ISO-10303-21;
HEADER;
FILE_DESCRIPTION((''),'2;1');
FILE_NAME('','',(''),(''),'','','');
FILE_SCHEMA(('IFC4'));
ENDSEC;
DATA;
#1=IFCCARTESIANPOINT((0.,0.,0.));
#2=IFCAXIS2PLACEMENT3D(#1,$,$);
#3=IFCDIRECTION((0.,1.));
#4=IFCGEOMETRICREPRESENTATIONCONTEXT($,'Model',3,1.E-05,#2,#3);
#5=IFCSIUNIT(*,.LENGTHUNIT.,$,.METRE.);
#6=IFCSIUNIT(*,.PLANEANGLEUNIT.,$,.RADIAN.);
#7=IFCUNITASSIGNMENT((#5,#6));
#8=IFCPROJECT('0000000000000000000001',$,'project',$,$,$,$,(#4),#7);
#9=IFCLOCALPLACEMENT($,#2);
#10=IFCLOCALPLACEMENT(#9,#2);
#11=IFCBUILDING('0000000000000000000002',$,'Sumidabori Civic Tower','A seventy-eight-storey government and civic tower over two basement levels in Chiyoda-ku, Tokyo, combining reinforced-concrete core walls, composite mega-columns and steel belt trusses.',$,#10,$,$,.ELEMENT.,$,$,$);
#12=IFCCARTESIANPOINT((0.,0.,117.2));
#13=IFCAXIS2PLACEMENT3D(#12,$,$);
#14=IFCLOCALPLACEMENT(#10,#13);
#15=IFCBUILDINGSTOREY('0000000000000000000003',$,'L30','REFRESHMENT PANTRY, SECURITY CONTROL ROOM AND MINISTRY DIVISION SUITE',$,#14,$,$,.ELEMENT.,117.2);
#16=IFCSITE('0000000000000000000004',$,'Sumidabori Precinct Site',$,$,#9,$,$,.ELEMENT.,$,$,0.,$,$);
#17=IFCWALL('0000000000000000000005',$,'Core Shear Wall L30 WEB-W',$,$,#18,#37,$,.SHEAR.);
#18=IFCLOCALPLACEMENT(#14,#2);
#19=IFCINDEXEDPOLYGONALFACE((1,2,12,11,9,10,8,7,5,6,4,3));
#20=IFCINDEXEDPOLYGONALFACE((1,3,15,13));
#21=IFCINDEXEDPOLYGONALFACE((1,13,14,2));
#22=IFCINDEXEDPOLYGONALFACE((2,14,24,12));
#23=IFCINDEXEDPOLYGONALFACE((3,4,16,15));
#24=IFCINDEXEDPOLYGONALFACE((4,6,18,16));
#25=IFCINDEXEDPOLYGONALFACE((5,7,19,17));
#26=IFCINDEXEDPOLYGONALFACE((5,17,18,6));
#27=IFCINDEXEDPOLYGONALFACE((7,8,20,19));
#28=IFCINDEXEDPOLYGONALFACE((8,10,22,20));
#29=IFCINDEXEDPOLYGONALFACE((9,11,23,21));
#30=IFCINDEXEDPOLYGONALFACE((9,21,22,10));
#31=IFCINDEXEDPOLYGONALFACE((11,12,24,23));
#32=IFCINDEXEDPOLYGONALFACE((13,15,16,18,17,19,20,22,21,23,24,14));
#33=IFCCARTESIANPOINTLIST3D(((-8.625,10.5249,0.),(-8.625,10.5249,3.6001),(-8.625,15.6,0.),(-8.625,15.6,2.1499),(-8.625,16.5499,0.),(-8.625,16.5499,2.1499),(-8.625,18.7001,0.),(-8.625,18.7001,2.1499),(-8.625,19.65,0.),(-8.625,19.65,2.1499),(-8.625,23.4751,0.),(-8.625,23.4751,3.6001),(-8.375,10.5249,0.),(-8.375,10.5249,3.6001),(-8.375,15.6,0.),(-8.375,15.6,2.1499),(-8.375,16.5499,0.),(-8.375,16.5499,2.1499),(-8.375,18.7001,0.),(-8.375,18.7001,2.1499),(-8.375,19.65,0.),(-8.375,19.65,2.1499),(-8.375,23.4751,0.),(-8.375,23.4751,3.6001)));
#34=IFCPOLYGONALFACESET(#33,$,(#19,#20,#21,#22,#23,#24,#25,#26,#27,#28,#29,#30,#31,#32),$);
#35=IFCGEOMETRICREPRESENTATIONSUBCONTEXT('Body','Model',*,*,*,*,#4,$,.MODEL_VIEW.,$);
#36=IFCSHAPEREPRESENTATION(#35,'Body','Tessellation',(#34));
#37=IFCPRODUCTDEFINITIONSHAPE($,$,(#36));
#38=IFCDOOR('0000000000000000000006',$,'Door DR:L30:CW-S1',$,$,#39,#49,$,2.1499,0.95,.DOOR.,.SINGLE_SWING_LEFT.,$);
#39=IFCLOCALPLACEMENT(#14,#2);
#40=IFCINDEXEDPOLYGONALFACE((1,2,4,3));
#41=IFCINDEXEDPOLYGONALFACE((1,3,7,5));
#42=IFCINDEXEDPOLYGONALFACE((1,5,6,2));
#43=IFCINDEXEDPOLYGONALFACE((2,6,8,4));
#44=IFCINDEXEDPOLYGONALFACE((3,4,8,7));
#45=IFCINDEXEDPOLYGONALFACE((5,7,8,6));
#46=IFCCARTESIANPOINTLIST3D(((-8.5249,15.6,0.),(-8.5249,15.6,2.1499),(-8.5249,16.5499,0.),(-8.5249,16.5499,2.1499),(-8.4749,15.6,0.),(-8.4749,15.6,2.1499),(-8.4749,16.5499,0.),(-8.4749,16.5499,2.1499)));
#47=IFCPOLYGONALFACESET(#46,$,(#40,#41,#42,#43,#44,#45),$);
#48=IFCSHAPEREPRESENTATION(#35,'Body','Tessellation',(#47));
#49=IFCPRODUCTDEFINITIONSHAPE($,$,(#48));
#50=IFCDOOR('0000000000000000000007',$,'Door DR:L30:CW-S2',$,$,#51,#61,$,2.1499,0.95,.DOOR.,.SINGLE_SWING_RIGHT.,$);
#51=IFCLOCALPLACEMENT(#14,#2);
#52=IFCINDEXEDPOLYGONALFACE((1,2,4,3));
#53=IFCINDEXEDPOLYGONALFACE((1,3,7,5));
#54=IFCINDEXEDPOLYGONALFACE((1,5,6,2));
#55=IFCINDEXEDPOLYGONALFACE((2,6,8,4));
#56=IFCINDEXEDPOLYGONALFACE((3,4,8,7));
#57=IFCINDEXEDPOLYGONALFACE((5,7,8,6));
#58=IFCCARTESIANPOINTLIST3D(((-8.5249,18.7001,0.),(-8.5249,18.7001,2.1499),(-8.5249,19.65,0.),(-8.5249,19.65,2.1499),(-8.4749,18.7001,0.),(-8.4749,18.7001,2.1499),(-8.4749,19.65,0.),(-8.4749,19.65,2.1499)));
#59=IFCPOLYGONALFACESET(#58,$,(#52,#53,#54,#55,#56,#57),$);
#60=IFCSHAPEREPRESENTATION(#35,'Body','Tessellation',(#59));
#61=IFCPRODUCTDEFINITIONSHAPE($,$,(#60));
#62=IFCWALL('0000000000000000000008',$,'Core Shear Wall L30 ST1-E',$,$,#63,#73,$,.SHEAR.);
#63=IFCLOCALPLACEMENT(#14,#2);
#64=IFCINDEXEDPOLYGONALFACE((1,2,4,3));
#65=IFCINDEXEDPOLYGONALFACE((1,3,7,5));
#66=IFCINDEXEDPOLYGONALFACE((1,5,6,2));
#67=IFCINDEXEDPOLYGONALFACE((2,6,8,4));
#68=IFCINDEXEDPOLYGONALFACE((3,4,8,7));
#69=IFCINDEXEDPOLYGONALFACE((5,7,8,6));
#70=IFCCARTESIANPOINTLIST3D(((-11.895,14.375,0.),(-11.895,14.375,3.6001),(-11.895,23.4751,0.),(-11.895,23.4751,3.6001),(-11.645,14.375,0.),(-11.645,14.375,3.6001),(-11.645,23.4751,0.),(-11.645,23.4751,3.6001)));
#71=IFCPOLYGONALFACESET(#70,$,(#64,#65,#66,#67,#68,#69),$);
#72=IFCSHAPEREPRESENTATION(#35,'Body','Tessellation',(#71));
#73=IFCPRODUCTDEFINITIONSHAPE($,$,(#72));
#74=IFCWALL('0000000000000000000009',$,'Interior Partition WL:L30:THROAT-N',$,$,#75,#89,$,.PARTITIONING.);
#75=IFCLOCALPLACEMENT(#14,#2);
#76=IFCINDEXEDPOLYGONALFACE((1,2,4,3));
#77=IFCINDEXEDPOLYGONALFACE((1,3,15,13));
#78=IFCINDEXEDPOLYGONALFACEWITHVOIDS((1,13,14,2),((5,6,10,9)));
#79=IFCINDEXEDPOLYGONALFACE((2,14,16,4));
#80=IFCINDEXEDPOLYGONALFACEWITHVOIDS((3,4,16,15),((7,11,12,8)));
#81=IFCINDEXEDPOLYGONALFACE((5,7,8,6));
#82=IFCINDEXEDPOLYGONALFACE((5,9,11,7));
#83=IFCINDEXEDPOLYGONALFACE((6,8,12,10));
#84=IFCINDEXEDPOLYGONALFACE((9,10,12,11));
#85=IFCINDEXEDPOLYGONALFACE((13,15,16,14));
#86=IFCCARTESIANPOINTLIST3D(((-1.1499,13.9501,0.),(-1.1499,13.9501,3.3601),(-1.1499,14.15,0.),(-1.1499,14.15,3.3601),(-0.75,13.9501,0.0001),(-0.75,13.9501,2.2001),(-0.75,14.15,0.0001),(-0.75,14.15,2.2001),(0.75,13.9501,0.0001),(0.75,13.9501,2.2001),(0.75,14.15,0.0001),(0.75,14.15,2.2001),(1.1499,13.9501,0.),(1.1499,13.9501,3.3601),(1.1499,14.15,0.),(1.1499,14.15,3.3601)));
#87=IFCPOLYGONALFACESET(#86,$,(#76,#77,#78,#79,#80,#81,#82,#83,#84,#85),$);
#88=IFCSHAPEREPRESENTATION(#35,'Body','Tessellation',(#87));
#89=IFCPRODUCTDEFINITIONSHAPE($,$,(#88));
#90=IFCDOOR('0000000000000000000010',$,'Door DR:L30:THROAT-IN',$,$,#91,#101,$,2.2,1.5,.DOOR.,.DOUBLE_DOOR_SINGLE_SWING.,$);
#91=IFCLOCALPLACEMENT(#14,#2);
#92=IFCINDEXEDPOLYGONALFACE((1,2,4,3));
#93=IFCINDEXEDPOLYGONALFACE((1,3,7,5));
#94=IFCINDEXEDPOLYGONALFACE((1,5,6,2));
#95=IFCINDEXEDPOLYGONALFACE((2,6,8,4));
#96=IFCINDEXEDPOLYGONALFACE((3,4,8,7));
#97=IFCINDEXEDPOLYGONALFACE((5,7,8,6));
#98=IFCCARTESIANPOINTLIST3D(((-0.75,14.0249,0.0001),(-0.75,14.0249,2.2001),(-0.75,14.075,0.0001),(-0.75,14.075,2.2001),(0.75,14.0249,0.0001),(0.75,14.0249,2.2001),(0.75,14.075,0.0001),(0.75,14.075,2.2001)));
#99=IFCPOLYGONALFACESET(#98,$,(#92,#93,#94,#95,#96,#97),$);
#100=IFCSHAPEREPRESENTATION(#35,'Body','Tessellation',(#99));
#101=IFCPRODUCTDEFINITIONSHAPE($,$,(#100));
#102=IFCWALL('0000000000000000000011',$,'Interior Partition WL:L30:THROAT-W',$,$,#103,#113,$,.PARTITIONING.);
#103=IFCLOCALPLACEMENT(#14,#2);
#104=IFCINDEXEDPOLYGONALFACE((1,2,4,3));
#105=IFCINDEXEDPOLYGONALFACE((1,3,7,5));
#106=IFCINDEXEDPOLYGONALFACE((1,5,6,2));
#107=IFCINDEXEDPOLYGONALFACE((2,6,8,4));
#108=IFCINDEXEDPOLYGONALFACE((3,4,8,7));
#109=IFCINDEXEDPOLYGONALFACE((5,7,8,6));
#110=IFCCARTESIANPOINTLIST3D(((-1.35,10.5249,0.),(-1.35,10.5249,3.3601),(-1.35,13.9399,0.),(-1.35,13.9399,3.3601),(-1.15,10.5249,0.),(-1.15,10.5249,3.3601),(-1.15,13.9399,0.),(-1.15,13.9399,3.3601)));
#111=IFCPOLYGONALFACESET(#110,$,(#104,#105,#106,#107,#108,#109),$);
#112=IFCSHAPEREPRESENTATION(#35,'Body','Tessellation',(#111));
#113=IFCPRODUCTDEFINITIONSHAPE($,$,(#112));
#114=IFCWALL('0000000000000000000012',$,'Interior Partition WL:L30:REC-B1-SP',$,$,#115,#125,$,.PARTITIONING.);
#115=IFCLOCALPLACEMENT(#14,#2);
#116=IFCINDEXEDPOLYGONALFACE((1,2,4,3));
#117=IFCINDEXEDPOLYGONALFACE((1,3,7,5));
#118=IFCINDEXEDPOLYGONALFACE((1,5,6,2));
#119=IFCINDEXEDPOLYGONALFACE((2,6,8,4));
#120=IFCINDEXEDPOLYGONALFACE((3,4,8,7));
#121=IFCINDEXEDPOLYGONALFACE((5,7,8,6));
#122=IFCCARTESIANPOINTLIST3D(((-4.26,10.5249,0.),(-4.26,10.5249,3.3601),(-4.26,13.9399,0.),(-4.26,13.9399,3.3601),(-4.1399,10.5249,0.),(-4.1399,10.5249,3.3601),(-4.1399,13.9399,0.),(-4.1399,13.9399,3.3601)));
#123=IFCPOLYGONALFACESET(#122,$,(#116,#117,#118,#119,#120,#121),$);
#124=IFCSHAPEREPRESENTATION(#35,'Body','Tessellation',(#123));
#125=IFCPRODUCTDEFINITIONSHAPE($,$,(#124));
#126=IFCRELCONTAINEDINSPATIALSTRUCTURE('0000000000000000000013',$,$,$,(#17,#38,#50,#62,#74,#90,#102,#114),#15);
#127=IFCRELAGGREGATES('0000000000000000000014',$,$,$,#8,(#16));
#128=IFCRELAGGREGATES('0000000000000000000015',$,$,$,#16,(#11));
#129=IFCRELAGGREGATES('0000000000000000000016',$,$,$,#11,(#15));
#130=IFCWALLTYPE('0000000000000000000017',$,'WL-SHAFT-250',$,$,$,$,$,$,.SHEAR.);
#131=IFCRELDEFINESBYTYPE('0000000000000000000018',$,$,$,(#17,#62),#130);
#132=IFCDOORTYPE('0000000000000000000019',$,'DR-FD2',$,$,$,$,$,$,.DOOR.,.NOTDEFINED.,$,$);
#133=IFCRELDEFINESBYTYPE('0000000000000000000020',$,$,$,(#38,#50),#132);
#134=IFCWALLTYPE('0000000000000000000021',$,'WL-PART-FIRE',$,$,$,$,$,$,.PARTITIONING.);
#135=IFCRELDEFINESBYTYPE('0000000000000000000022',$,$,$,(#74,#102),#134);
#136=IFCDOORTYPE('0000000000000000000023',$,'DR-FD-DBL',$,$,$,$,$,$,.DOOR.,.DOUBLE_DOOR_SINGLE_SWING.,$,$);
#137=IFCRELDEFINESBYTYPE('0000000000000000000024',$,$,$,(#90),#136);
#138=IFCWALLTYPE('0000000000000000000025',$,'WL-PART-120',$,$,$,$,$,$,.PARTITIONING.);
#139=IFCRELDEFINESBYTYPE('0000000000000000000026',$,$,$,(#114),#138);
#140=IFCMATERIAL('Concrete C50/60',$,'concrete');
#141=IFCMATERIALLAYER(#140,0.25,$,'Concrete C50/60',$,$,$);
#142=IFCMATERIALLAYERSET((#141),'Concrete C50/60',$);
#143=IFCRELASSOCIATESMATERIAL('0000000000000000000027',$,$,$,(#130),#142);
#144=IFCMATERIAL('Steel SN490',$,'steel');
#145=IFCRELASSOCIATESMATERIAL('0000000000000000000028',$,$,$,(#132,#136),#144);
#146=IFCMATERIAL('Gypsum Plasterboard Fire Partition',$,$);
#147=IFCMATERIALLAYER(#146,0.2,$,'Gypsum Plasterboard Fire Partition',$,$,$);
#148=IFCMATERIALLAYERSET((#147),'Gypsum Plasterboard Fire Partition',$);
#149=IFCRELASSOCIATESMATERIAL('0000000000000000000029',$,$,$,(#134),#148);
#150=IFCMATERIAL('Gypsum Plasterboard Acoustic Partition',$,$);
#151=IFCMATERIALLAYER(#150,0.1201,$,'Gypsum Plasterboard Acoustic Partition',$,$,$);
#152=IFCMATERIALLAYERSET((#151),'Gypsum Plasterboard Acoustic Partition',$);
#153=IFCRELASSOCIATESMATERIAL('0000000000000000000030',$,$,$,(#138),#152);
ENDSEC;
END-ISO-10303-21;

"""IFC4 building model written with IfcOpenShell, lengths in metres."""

from ifc_helpers import new_model, si_unit, direction, frame, frame_2d, origin, place, context, subcontext, project, spatial, rectangle, extrude, source, transform, mapped, material, layer, layer_set, type_object, element, fill, save


model = new_model("IFC4")

# Units and contexts
model_context = context("Model", 3, precision=1e-05, world=origin(), true_north=direction((0.0, 1.0)))
body_context = subcontext(model_context, "Body", "Model", "MODEL_VIEW")
ifc_project = project(units=[si_unit("LENGTHUNIT", "METRE"), si_unit("PLANEANGLEUNIT", "RADIAN")], contexts=[model_context])

# Site, building, storey
site_placement = place(None, origin())
site = spatial("IfcSite", under=ifc_project, at=site_placement, Name="Sumidabori Precinct Site", CompositionType="ELEMENT", RefElevation=0.0)
building_placement = place(site_placement, origin())
building = spatial("IfcBuilding", under=site, at=building_placement, Name="Sumidabori Civic Tower", Description="A seventy-eight-storey government and civic tower over two basement levels in Chiyoda-ku, Tokyo, combining reinforced-concrete core walls, composite mega-columns and steel belt trusses.", CompositionType="ELEMENT")
storey_placement = place(building_placement, frame((0.0, 0.0, 117.2)))
storey = spatial("IfcBuildingStorey", under=building, at=storey_placement, Name="L30", Description="REFRESHMENT PANTRY, SECURITY CONTROL ROOM AND MINISTRY DIVISION SUITE", CompositionType="ELEMENT", Elevation=117.2)

# Shared definitions
ifc_material_1 = material(Name="Concrete C50/60", Category="concrete")

# Shared definitions
ifc_material_2 = material(Name="Steel SN490", Category="steel")

# Wall, openings, doors
ifc_layer_1 = layer(ifc_material_1, 0.25, Name="Concrete C50/60")
ifc_layer_set_1 = layer_set([ifc_layer_1], Name="Concrete C50/60")
wall_type_1 = type_object("IfcWallType", Name="WL-SHAFT-250", PredefinedType="SHEAR", material=ifc_layer_set_1)
shared_shape_1 = source(origin(), body_context, "Body", "SweptSolid", [
    extrude(rectangle(XDim=12.9502, YDim=0.25, at=frame_2d((6.4751, 0.0))), origin(), (0.0, 0.0, 1.0), 3.6001),
])
wall_1_placement = place(storey_placement, frame((-8.5, 10.5249, 0.0), z_axis=(0.0, 0.0, 1.0), x_axis=(0.0, 1.0, 0.0)))
wall_1 = element("IfcWall", 1, at=wall_1_placement, inside=storey, type_object=wall_type_1, Name="Core Shear Wall L30 WEB-W", PredefinedType="SHEAR", context=body_context, shape_type="MappedRepresentation", body=[
    mapped(shared_shape_1, transform((0.0, 0.0, 0.0), x_axis=(1.0, 0.0, 0.0), y_axis=(0.0, 1.0, 0.0), z_axis=(0.0, 0.0, 1.0), scale=1.0)),
])
opening_1_placement = place(wall_1_placement, frame((5.075, 0.0, 0.0)))
opening_1 = element("IfcOpeningElement", 2, at=opening_1_placement, cuts=wall_1, PredefinedType="OPENING", context=body_context, shape_type="SweptSolid", body=[
    extrude(rectangle(XDim=0.95, YDim=2.1499, at=frame_2d((0.4751, 1.075))), frame((0.0, 0.137, 0.0), z_axis=(0.0, -1.0, 0.0), x_axis=(1.0, 0.0, 0.0)), (0.0, 0.0, 1.0), 0.2739),
])
opening_2_placement = place(wall_1_placement, frame((8.175, 0.0, 0.0)))
opening_2 = element("IfcOpeningElement", 3, at=opening_2_placement, cuts=wall_1, PredefinedType="OPENING", context=body_context, shape_type="SweptSolid", body=[
    extrude(rectangle(XDim=0.95, YDim=2.1499, at=frame_2d((0.4751, 1.075))), frame((0.0, 0.137, 0.0), z_axis=(0.0, -1.0, 0.0), x_axis=(1.0, 0.0, 0.0)), (0.0, 0.0, 1.0), 0.2739),
])
door_type_1 = type_object("IfcDoorType", Name="DR-FD2", OperationType="NOTDEFINED", PredefinedType="DOOR", material=ifc_material_2)
shared_shape_2 = source(origin(), body_context, "Body", "SweptSolid", [
    extrude(rectangle(XDim=0.95, YDim=2.1499, at=frame_2d((0.4751, 1.075))), frame((0.0, 0.0249, 0.0), z_axis=(0.0, -1.0, 0.0), x_axis=(1.0, 0.0, 0.0)), (0.0, 0.0, 1.0), 0.05),
])
door_1_placement = place(opening_1_placement, origin())
door_1 = element("IfcDoor", 4, at=door_1_placement, inside=storey, type_object=door_type_1, Name="Door DR:L30:CW-S1", OperationType="SINGLE_SWING_LEFT", OverallHeight=2.1499, OverallWidth=0.95, PredefinedType="DOOR", context=body_context, shape_type="MappedRepresentation", body=[
    mapped(shared_shape_2, transform((0.0, 0.0, 0.0), x_axis=(1.0, 0.0, 0.0), y_axis=(0.0, 1.0, 0.0), z_axis=(0.0, 0.0, 1.0), scale=1.0)),
])
fill(opening_1, door_1)
door_2_placement = place(opening_2_placement, origin())
door_2 = element("IfcDoor", 5, at=door_2_placement, inside=storey, type_object=door_type_1, Name="Door DR:L30:CW-S2", OperationType="SINGLE_SWING_RIGHT", OverallHeight=2.1499, OverallWidth=0.95, PredefinedType="DOOR", context=body_context, shape_type="MappedRepresentation", body=[
    mapped(shared_shape_2, transform((0.0, 0.0, 0.0), x_axis=(1.0, 0.0, 0.0), y_axis=(0.0, 1.0, 0.0), z_axis=(0.0, 0.0, 1.0), scale=1.0)),
])
fill(opening_2, door_2)

# Wall
shared_shape_3 = source(origin(), body_context, "Body", "SweptSolid", [
    extrude(rectangle(XDim=9.1001, YDim=0.25, at=frame_2d((4.55, 0.0))), origin(), (0.0, 0.0, 1.0), 3.6001),
])
wall_2_placement = place(storey_placement, frame((-11.77, 14.375, 0.0), z_axis=(0.0, 0.0, 1.0), x_axis=(0.0, 1.0, 0.0)))
element("IfcWall", 6, at=wall_2_placement, inside=storey, type_object=wall_type_1, Name="Core Shear Wall L30 ST1-E", PredefinedType="SHEAR", context=body_context, shape_type="MappedRepresentation", body=[
    mapped(shared_shape_3, transform((0.0, 0.0, 0.0), x_axis=(1.0, 0.0, 0.0), y_axis=(0.0, 1.0, 0.0), z_axis=(0.0, 0.0, 1.0), scale=1.0)),
])

# Shared definitions
ifc_material_3 = material(Name="Gypsum Plasterboard Fire Partition")
ifc_layer_2 = layer(ifc_material_3, 0.2, Name="Gypsum Plasterboard Fire Partition")
ifc_layer_set_2 = layer_set([ifc_layer_2], Name="Gypsum Plasterboard Fire Partition")
wall_type_2 = type_object("IfcWallType", Name="WL-PART-FIRE", PredefinedType="PARTITIONING", material=ifc_layer_set_2)

# Wall, opening, door
shared_shape_4 = source(origin(), body_context, "Body", "SweptSolid", [
    extrude(rectangle(XDim=2.2998, YDim=0.2, at=frame_2d((1.1499, 0.0))), origin(), (0.0, 0.0, 1.0), 3.3601),
])
wall_3_placement = place(storey_placement, frame((-1.1499, 14.05, 0.0), z_axis=(0.0, 0.0, 1.0), x_axis=(1.0, 0.0, 0.0)))
wall_3 = element("IfcWall", 7, at=wall_3_placement, inside=storey, type_object=wall_type_2, Name="Interior Partition WL:L30:THROAT-N", PredefinedType="PARTITIONING", context=body_context, shape_type="MappedRepresentation", body=[
    mapped(shared_shape_4, transform((0.0, 0.0, 0.0), x_axis=(1.0, 0.0, 0.0), y_axis=(0.0, 1.0, 0.0), z_axis=(0.0, 0.0, 1.0), scale=1.0)),
])
opening_3_placement = place(wall_3_placement, frame((0.3999, 0.0, 0.0)))
opening_3 = element("IfcOpeningElement", 8, at=opening_3_placement, cuts=wall_3, PredefinedType="OPENING", context=body_context, shape_type="SweptSolid", body=[
    extrude(rectangle(XDim=1.5, YDim=2.2, at=frame_2d((0.75, 1.1001))), frame((0.0, 0.1118, 0.0), z_axis=(0.0, -1.0, 0.0), x_axis=(1.0, 0.0, 0.0)), (0.0, 0.0, 1.0), 0.2239),
])
door_type_2 = type_object("IfcDoorType", Name="DR-FD-DBL", OperationType="DOUBLE_DOOR_SINGLE_SWING", PredefinedType="DOOR", material=ifc_material_2)
shared_shape_5 = source(origin(), body_context, "Body", "SweptSolid", [
    extrude(rectangle(XDim=1.5, YDim=2.2, at=frame_2d((0.75, 1.1001))), frame((0.0, 0.0249, 0.0), z_axis=(0.0, -1.0, 0.0), x_axis=(1.0, 0.0, 0.0)), (0.0, 0.0, 1.0), 0.05),
])
door_3_placement = place(opening_3_placement, origin())
door_3 = element("IfcDoor", 9, at=door_3_placement, inside=storey, type_object=door_type_2, Name="Door DR:L30:THROAT-IN", OperationType="DOUBLE_DOOR_SINGLE_SWING", OverallHeight=2.2, OverallWidth=1.5, PredefinedType="DOOR", context=body_context, shape_type="MappedRepresentation", body=[
    mapped(shared_shape_5, transform((0.0, 0.0, 0.0), x_axis=(1.0, 0.0, 0.0), y_axis=(0.0, 1.0, 0.0), z_axis=(0.0, 0.0, 1.0), scale=1.0)),
])
fill(opening_3, door_3)

# Walls
shared_shape_6 = source(origin(), body_context, "Body", "SweptSolid", [
    extrude(rectangle(XDim=3.415, YDim=0.2, at=frame_2d((1.7075, 0.0))), origin(), (0.0, 0.0, 1.0), 3.3601),
])
wall_4_placement = place(storey_placement, frame((-1.25, 10.5249, 0.0), z_axis=(0.0, 0.0, 1.0), x_axis=(0.0, 1.0, 0.0)))
element("IfcWall", 10, at=wall_4_placement, inside=storey, type_object=wall_type_2, Name="Interior Partition WL:L30:THROAT-W", PredefinedType="PARTITIONING", context=body_context, shape_type="MappedRepresentation", body=[
    mapped(shared_shape_6, transform((0.0, 0.0, 0.0), x_axis=(1.0, 0.0, 0.0), y_axis=(0.0, 1.0, 0.0), z_axis=(0.0, 0.0, 1.0), scale=1.0)),
])
ifc_material_4 = material(Name="Gypsum Plasterboard Acoustic Partition")
ifc_layer_3 = layer(ifc_material_4, 0.1201, Name="Gypsum Plasterboard Acoustic Partition")
ifc_layer_set_3 = layer_set([ifc_layer_3], Name="Gypsum Plasterboard Acoustic Partition")
wall_type_3 = type_object("IfcWallType", Name="WL-PART-120", PredefinedType="PARTITIONING", material=ifc_layer_set_3)
shared_shape_7 = source(origin(), body_context, "Body", "SweptSolid", [
    extrude(rectangle(XDim=3.415, YDim=0.1201, at=frame_2d((1.7075, 0.0))), origin(), (0.0, 0.0, 1.0), 3.3601),
])
wall_5_placement = place(storey_placement, frame((-4.2, 10.5249, 0.0), z_axis=(0.0, 0.0, 1.0), x_axis=(0.0, 1.0, 0.0)))
element("IfcWall", 11, at=wall_5_placement, inside=storey, type_object=wall_type_3, Name="Interior Partition WL:L30:REC-B1-SP", PredefinedType="PARTITIONING", context=body_context, shape_type="MappedRepresentation", body=[
    mapped(shared_shape_7, transform((0.0, 0.0, 0.0), x_axis=(1.0, 0.0, 0.0), y_axis=(0.0, 1.0, 0.0), z_axis=(0.0, 0.0, 1.0), scale=1.0)),
])

save(model, "model.ifc")
